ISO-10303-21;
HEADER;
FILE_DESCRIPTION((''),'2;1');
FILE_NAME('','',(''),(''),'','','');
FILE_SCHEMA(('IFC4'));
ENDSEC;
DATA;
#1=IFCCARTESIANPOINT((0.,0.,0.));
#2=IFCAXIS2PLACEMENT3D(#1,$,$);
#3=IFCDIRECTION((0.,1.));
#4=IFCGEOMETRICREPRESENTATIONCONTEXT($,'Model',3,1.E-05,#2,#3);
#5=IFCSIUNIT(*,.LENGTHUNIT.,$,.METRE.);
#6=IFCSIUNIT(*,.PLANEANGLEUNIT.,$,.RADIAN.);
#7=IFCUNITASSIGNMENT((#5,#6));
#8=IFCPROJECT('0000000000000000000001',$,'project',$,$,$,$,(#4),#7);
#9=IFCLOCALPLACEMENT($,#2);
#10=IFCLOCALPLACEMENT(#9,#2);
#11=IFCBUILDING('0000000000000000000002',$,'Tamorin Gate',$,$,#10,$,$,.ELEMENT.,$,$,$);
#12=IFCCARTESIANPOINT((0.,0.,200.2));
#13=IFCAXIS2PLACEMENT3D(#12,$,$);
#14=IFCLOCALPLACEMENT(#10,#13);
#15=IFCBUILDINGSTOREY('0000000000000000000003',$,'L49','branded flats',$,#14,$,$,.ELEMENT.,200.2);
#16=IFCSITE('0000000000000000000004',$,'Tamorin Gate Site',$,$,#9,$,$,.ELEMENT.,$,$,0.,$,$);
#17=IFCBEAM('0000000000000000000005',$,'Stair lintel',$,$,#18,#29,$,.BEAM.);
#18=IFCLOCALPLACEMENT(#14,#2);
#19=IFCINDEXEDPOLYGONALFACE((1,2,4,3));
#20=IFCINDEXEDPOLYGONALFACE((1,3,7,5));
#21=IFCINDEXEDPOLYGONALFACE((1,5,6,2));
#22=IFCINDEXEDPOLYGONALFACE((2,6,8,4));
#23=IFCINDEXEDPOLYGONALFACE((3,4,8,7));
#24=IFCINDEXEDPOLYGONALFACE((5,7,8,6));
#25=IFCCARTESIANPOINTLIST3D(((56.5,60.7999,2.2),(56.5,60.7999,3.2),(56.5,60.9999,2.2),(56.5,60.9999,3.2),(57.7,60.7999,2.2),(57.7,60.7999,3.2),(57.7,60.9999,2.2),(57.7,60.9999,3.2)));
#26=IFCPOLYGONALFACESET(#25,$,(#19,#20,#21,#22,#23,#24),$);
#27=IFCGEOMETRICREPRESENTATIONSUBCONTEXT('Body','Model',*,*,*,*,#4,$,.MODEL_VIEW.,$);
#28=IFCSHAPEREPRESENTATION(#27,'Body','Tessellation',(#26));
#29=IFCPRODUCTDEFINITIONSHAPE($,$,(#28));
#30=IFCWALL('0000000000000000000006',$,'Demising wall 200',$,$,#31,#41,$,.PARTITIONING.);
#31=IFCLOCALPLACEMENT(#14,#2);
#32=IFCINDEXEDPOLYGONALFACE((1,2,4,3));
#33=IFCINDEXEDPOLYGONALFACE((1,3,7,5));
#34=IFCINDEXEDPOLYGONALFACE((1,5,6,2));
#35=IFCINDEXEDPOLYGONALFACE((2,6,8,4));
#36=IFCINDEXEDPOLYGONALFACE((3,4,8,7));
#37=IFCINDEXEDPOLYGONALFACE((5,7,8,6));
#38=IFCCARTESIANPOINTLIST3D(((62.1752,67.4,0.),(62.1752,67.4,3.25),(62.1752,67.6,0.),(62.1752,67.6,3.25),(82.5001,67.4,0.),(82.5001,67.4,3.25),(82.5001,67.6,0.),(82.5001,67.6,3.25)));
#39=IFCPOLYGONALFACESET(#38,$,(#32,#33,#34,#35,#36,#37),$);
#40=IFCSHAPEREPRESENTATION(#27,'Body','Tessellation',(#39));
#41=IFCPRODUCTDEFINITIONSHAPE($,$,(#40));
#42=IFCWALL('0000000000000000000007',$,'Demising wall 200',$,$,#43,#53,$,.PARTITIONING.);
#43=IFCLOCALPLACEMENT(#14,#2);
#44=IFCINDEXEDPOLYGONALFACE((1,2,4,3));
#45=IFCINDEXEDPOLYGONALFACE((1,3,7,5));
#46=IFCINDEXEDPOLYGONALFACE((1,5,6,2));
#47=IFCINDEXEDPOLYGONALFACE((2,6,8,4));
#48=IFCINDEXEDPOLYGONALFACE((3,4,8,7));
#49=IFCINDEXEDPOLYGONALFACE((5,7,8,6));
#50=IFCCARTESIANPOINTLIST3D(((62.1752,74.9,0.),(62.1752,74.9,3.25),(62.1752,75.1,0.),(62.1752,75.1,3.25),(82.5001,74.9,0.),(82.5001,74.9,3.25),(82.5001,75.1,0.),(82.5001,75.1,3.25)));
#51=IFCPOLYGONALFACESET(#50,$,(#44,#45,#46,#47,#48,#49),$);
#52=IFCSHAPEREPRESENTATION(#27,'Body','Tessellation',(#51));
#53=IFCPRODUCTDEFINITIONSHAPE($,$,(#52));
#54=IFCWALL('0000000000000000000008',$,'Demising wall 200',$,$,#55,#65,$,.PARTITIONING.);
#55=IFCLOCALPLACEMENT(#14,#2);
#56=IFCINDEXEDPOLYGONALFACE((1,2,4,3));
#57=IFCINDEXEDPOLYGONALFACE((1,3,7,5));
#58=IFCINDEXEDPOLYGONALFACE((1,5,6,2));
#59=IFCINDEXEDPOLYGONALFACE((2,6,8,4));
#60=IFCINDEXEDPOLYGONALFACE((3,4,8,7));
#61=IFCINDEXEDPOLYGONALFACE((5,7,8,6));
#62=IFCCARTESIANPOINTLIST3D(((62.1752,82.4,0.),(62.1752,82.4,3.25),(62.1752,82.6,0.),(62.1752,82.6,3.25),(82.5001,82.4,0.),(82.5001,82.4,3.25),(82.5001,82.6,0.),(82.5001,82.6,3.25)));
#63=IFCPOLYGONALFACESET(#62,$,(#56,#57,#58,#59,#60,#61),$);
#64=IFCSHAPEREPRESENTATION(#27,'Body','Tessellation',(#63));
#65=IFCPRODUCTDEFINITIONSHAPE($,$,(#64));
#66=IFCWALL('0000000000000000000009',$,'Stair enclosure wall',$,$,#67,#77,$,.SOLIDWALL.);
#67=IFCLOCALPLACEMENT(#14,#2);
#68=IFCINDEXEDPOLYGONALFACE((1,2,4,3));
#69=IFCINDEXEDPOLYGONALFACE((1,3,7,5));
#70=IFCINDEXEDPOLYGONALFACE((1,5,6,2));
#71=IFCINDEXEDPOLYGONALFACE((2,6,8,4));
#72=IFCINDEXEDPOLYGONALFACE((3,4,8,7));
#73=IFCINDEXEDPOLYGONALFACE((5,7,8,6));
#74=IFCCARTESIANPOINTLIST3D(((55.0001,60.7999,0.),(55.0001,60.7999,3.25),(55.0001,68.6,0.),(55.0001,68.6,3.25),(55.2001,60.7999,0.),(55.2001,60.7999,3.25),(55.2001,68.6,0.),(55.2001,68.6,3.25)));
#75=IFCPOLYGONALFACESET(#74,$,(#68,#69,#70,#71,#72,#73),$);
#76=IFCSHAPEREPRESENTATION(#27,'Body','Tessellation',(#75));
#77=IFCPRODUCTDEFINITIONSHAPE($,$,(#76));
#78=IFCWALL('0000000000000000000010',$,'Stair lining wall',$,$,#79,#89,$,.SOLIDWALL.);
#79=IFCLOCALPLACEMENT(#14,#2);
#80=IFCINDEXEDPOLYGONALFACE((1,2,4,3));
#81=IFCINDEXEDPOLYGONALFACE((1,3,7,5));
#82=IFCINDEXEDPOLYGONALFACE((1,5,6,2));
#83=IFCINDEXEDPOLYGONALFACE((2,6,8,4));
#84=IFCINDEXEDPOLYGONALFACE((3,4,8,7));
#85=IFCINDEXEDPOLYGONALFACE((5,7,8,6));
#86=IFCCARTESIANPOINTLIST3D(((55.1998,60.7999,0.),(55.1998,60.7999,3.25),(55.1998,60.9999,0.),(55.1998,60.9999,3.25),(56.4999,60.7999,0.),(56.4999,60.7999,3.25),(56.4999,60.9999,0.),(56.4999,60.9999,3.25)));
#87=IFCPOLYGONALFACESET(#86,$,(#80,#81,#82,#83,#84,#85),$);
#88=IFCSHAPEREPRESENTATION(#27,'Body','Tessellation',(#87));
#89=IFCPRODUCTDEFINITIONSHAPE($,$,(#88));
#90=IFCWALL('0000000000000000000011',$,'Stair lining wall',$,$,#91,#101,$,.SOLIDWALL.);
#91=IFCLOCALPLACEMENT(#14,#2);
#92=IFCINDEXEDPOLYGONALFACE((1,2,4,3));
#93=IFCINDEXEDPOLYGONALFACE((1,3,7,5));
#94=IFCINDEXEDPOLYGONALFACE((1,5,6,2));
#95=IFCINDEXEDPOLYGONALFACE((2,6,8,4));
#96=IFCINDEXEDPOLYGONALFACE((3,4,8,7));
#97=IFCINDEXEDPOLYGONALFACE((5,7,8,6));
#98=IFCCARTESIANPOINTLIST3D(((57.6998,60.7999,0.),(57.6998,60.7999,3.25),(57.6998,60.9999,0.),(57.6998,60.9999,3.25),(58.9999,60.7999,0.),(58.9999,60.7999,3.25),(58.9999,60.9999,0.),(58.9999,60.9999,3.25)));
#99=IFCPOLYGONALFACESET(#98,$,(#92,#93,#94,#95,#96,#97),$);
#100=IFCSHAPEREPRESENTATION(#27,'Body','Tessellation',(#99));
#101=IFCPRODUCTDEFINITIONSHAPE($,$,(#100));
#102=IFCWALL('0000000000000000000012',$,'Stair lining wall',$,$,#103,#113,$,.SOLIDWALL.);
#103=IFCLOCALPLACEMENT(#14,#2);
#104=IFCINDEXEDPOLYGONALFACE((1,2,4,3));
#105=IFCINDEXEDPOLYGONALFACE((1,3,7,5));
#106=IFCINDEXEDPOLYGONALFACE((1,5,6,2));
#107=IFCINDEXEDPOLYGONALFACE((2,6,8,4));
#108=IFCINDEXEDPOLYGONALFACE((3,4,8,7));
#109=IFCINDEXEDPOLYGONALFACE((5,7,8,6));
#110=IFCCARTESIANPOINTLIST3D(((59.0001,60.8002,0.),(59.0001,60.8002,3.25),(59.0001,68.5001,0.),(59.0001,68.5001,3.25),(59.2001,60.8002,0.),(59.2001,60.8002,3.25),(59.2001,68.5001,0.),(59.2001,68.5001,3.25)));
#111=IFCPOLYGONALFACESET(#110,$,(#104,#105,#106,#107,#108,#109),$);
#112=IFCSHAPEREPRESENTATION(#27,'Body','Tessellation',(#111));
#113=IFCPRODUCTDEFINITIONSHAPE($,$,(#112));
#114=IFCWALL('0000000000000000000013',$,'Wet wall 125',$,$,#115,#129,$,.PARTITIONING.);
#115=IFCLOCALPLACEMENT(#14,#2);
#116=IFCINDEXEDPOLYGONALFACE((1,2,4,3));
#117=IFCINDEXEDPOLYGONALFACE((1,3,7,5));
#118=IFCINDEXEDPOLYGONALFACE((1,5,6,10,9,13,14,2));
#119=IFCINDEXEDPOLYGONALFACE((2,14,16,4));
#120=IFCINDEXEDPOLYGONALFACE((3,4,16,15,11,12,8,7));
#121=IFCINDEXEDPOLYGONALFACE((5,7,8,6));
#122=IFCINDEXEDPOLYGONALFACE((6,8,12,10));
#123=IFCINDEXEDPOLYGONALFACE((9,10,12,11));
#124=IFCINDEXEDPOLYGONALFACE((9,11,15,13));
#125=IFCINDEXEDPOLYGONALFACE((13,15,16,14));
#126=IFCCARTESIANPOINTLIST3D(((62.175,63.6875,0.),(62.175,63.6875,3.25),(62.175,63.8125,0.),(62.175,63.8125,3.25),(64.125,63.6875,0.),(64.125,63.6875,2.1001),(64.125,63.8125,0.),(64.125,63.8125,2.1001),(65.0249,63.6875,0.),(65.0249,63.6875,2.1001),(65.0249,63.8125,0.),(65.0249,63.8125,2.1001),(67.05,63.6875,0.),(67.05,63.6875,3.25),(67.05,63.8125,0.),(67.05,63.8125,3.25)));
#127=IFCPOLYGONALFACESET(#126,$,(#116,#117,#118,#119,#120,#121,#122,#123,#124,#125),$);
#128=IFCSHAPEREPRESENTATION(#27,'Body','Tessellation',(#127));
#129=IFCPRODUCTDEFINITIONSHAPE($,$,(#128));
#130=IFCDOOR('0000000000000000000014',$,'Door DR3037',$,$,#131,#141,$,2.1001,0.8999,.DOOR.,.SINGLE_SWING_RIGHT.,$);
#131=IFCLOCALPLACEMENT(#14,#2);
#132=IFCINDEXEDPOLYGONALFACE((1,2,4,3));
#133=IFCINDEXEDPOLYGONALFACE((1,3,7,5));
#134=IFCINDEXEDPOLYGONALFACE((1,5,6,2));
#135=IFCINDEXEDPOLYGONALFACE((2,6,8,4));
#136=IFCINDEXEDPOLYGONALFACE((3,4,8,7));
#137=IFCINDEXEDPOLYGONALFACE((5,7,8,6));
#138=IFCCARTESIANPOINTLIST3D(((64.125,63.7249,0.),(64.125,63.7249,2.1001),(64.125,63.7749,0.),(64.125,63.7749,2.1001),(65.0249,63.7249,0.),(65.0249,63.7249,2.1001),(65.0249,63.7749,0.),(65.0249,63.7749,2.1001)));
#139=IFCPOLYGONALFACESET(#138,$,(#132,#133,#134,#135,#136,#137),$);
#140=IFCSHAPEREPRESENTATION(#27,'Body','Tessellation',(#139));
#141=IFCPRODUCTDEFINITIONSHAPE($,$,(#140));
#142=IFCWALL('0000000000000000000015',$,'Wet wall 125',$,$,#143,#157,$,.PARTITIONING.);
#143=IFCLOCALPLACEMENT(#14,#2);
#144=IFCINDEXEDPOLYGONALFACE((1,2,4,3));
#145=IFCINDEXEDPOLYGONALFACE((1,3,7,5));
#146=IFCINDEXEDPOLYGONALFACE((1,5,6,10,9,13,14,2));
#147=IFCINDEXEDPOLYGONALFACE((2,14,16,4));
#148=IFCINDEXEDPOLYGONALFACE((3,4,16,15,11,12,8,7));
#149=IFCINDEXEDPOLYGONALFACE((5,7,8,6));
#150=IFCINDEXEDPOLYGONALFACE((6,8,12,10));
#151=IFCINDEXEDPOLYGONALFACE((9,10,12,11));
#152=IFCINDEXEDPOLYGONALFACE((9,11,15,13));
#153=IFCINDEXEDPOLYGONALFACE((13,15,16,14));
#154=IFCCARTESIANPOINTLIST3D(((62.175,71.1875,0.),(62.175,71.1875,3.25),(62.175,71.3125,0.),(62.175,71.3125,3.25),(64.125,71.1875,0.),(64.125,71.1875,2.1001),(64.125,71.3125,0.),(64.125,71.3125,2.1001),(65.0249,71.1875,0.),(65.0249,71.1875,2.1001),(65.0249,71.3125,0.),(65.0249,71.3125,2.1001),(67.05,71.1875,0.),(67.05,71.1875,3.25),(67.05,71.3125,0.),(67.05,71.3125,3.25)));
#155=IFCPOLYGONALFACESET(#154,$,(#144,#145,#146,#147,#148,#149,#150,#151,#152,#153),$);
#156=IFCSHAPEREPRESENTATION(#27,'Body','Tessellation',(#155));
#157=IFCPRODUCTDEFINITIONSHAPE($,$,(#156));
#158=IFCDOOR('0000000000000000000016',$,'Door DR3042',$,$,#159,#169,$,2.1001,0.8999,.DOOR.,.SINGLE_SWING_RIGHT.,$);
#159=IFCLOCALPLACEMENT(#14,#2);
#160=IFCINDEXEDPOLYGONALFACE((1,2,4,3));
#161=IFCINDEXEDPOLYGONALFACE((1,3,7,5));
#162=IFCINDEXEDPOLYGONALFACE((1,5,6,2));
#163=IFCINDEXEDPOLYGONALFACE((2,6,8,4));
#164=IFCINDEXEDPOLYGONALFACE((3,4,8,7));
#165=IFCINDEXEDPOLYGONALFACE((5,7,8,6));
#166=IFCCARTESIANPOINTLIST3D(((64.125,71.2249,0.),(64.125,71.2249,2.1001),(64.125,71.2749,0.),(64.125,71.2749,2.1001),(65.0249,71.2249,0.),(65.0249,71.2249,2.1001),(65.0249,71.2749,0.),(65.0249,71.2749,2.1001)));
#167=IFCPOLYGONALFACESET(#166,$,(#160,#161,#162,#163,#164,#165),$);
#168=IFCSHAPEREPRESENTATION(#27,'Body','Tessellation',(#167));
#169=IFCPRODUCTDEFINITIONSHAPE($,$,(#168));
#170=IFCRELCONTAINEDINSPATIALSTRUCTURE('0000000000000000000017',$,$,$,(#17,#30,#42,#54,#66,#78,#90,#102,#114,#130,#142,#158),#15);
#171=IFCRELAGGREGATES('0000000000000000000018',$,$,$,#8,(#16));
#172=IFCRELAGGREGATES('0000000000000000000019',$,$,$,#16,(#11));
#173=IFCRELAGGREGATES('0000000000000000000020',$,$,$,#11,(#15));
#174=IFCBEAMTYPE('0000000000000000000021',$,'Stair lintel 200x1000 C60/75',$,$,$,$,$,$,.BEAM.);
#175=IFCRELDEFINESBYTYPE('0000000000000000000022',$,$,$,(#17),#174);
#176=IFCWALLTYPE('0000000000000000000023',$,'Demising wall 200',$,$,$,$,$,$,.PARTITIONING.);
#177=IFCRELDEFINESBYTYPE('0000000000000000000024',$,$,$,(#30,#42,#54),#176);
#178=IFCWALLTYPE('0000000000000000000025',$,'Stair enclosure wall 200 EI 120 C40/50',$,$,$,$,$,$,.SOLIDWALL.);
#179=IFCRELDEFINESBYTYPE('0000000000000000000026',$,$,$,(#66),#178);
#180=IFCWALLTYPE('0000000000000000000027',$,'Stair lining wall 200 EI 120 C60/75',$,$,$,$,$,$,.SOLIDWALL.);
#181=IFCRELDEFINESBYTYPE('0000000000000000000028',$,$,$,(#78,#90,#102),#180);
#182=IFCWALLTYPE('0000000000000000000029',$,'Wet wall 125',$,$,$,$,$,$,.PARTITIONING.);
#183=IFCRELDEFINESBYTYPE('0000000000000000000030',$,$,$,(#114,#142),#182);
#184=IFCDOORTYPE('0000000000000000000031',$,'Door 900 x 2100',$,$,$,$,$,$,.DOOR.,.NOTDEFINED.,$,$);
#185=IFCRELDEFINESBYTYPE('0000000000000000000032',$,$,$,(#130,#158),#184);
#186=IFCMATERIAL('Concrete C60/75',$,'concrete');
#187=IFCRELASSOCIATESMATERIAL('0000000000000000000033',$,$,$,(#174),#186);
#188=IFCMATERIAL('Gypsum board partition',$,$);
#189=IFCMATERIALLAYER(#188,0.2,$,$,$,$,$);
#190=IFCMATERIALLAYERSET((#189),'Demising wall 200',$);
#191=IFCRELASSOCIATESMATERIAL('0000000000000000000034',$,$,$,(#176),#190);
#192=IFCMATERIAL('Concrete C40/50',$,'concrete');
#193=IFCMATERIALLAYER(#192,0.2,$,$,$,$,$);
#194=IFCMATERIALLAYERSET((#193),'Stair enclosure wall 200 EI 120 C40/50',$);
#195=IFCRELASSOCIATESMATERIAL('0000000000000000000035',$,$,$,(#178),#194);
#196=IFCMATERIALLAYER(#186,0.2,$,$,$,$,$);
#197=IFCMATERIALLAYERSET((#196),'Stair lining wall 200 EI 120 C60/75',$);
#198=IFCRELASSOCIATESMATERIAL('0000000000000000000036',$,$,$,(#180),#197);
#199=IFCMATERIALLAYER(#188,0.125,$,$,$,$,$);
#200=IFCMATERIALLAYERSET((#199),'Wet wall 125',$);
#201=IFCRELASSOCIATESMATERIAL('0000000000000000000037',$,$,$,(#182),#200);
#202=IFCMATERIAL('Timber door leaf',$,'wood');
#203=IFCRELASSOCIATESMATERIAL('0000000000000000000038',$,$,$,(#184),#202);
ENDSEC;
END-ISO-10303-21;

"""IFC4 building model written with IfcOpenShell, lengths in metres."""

from ifc_helpers import new_model, si_unit, direction, frame, frame_2d, origin, origin_2d, place, context, subcontext, project, spatial, rectangle, extrude, material, layer, layer_set, material_profile, profile_set, type_object, element, fill, save


model = new_model("IFC4")

# Units and contexts
model_context = context("Model", 3, precision=1e-05, world=origin(), true_north=direction((0.0, 1.0)))
body_context = subcontext(model_context, "Body", "Model", "MODEL_VIEW")
ifc_project = project(units=[si_unit("LENGTHUNIT", "METRE"), si_unit("PLANEANGLEUNIT", "RADIAN")], contexts=[model_context])

# Site, building, storey
site_placement = place(None, origin())
site = spatial("IfcSite", under=ifc_project, at=site_placement, Name="Tamorin Gate Site", CompositionType="ELEMENT", RefElevation=0.0)
building_placement = place(site_placement, origin())
building = spatial("IfcBuilding", under=site, at=building_placement, Name="Tamorin Gate", CompositionType="ELEMENT")
storey_placement = place(building_placement, frame((0.0, 0.0, 200.2)))
storey = spatial("IfcBuildingStorey", under=building, at=storey_placement, Name="L49", Description="branded flats", CompositionType="ELEMENT", Elevation=200.2)

# Beam
ifc_material_1 = material(Name="Concrete C60/75", Category="concrete")
ifc_material_profile = material_profile(ifc_material_1, rectangle(XDim=0.2, YDim=1.0, at=origin_2d()))
ifc_profile_set = profile_set([ifc_material_profile], Name="Concrete C60/75")
beam_type = type_object("IfcBeamType", Name="Stair lintel 200x1000 C60/75", PredefinedType="BEAM", material=ifc_profile_set)
beam_placement = place(storey_placement, frame((56.5, 60.8999, 2.7), z_axis=(1.0, 0.0, 0.0), x_axis=(0.0, 1.0, 0.0)))
element("IfcBeam", 1, at=beam_placement, inside=storey, type_object=beam_type, Name="Stair lintel", PredefinedType="BEAM", context=body_context, shape_type="SweptSolid", body=[
    extrude(rectangle(XDim=0.2, YDim=1.0, at=origin_2d()), origin(), (0.0, 0.0, 1.0), 1.2),
])

# Walls
ifc_material_2 = material(Name="Gypsum board partition")
ifc_layer_1 = layer(ifc_material_2, 0.2)
ifc_layer_set_1 = layer_set([ifc_layer_1], Name="Demising wall 200")
wall_type_1 = type_object("IfcWallType", Name="Demising wall 200", PredefinedType="PARTITIONING", material=ifc_layer_set_1)
for number, where, z_axis, x_axis, name in (
    (2, (62.175, 67.5, 0.0), (0.0, 0.0, 1.0), (1.0, 0.0, 0.0), "Demising wall 200"),
    (3, (62.175, 75.0, 0.0), (0.0, 0.0, 1.0), (1.0, 0.0, 0.0), "Demising wall 200"),
    (4, (62.175, 82.5, 0.0), (0.0, 0.0, 1.0), (1.0, 0.0, 0.0), "Demising wall 200"),
):
    element("IfcWall", number, at=place(storey_placement, frame(where, z_axis=z_axis, x_axis=x_axis)), inside=storey, type_object=wall_type_1, Name=name, PredefinedType="PARTITIONING", context=body_context, shape_type="SweptSolid", body=[
        extrude(rectangle(XDim=20.325, YDim=0.2, at=frame_2d((10.1626, 0.0))), origin(), (0.0, 0.0, 1.0), 3.25),
    ])
ifc_material_3 = material(Name="Concrete C40/50", Category="concrete")
ifc_layer_2 = layer(ifc_material_3, 0.2)
ifc_layer_set_2 = layer_set([ifc_layer_2], Name="Stair enclosure wall 200 EI 120 C40/50")
wall_type_2 = type_object("IfcWallType", Name="Stair enclosure wall 200 EI 120 C40/50", PredefinedType="SOLIDWALL", material=ifc_layer_set_2)
wall_1_placement = place(storey_placement, frame((55.1001, 60.8, 0.0), z_axis=(0.0, 0.0, 1.0), x_axis=(0.0, 1.0, 0.0)))
element("IfcWall", 5, at=wall_1_placement, inside=storey, type_object=wall_type_2, Name="Stair enclosure wall", PredefinedType="SOLIDWALL", context=body_context, shape_type="SweptSolid", body=[
    extrude(rectangle(XDim=7.8, YDim=0.2, at=frame_2d((3.8999, 0.0))), origin(), (0.0, 0.0, 1.0), 3.25),
])
ifc_layer_3 = layer(ifc_material_1, 0.2)
ifc_layer_set_3 = layer_set([ifc_layer_3], Name="Stair lining wall 200 EI 120 C60/75")
wall_type_3 = type_object("IfcWallType", Name="Stair lining wall 200 EI 120 C60/75", PredefinedType="SOLIDWALL", material=ifc_layer_set_3)
for number, where, z_axis, x_axis, name in (
    (6, (55.2, 60.8999, 0.0), (0.0, 0.0, 1.0), (1.0, 0.0, 0.0), "Stair lining wall"),
    (7, (57.7, 60.8999, 0.0), (0.0, 0.0, 1.0), (1.0, 0.0, 0.0), "Stair lining wall"),
):
    element("IfcWall", number, at=place(storey_placement, frame(where, z_axis=z_axis, x_axis=x_axis)), inside=storey, type_object=wall_type_3, Name=name, PredefinedType="SOLIDWALL", context=body_context, shape_type="SweptSolid", body=[
        extrude(rectangle(XDim=1.3, YDim=0.2, at=frame_2d((0.6499, 0.0))), origin(), (0.0, 0.0, 1.0), 3.25),
    ])
wall_2_placement = place(storey_placement, frame((59.1001, 60.8, 0.0), z_axis=(0.0, 0.0, 1.0), x_axis=(0.0, 1.0, 0.0)))
element("IfcWall", 8, at=wall_2_placement, inside=storey, type_object=wall_type_3, Name="Stair lining wall", PredefinedType="SOLIDWALL", context=body_context, shape_type="SweptSolid", body=[
    extrude(rectangle(XDim=7.7, YDim=0.2, at=frame_2d((3.8501, 0.0))), origin(), (0.0, 0.0, 1.0), 3.25),
])

# Walls, openings, doors
ifc_layer_4 = layer(ifc_material_2, 0.125)
ifc_layer_set_4 = layer_set([ifc_layer_4], Name="Wet wall 125")
wall_type_4 = type_object("IfcWallType", Name="Wet wall 125", PredefinedType="PARTITIONING", material=ifc_layer_set_4)
wall_3_placement = place(storey_placement, frame((62.175, 63.75, 0.0), z_axis=(0.0, 0.0, 1.0), x_axis=(1.0, 0.0, 0.0)))
wall_3 = element("IfcWall", 9, at=wall_3_placement, inside=storey, type_object=wall_type_4, Name="Wet wall 125", PredefinedType="PARTITIONING", context=body_context, shape_type="SweptSolid", body=[
    extrude(rectangle(XDim=4.875, YDim=0.125, at=frame_2d((2.4375, 0.0))), origin(), (0.0, 0.0, 1.0), 3.25),
])
opening_1_placement = place(wall_3_placement, frame((1.95, 0.0, 0.0)))
opening_1 = element("IfcOpeningElement", 10, at=opening_1_placement, cuts=wall_3, PredefinedType="OPENING", context=body_context, shape_type="SweptSolid", body=[
    extrude(rectangle(XDim=0.8999, YDim=2.1001, at=frame_2d((0.45, 1.05))), frame((0.0, 0.0725, 0.0), z_axis=(0.0, -1.0, 0.0), x_axis=(1.0, 0.0, 0.0)), (0.0, 0.0, 1.0), 0.145),
])
ifc_material_4 = material(Name="Timber door leaf", Category="wood")
door_type = type_object("IfcDoorType", Name="Door 900 x 2100", OperationType="NOTDEFINED", PredefinedType="DOOR", material=ifc_material_4)
door_1_placement = place(opening_1_placement, origin())
door_1 = element("IfcDoor", 11, at=door_1_placement, inside=storey, type_object=door_type, Name="Door DR3037", OperationType="SINGLE_SWING_RIGHT", OverallHeight=2.1001, OverallWidth=0.8999, PredefinedType="DOOR", context=body_context, shape_type="SweptSolid", body=[
    extrude(rectangle(XDim=0.8999, YDim=2.1001, at=frame_2d((0.45, 1.05))), frame((0.0, 0.0249, 0.0), z_axis=(0.0, -1.0, 0.0), x_axis=(1.0, 0.0, 0.0)), (0.0, 0.0, 1.0), 0.05),
])
fill(opening_1, door_1)
wall_4_placement = place(storey_placement, frame((62.175, 71.25, 0.0), z_axis=(0.0, 0.0, 1.0), x_axis=(1.0, 0.0, 0.0)))
wall_4 = element("IfcWall", 12, at=wall_4_placement, inside=storey, type_object=wall_type_4, Name="Wet wall 125", PredefinedType="PARTITIONING", context=body_context, shape_type="SweptSolid", body=[
    extrude(rectangle(XDim=4.875, YDim=0.125, at=frame_2d((2.4375, 0.0))), origin(), (0.0, 0.0, 1.0), 3.25),
])
opening_2_placement = place(wall_4_placement, frame((1.95, 0.0, 0.0)))
opening_2 = element("IfcOpeningElement", 13, at=opening_2_placement, cuts=wall_4, PredefinedType="OPENING", context=body_context, shape_type="SweptSolid", body=[
    extrude(rectangle(XDim=0.8999, YDim=2.1001, at=frame_2d((0.45, 1.05))), frame((0.0, 0.0725, 0.0), z_axis=(0.0, -1.0, 0.0), x_axis=(1.0, 0.0, 0.0)), (0.0, 0.0, 1.0), 0.145),
])
door_2_placement = place(opening_2_placement, origin())
door_2 = element("IfcDoor", 14, at=door_2_placement, inside=storey, type_object=door_type, Name="Door DR3042", OperationType="SINGLE_SWING_RIGHT", OverallHeight=2.1001, OverallWidth=0.8999, PredefinedType="DOOR", context=body_context, shape_type="SweptSolid", body=[
    extrude(rectangle(XDim=0.8999, YDim=2.1001, at=frame_2d((0.45, 1.05))), frame((0.0, 0.0249, 0.0), z_axis=(0.0, -1.0, 0.0), x_axis=(1.0, 0.0, 0.0)), (0.0, 0.0, 1.0), 0.05),
])
fill(opening_2, door_2)

save(model, "model.ifc")
